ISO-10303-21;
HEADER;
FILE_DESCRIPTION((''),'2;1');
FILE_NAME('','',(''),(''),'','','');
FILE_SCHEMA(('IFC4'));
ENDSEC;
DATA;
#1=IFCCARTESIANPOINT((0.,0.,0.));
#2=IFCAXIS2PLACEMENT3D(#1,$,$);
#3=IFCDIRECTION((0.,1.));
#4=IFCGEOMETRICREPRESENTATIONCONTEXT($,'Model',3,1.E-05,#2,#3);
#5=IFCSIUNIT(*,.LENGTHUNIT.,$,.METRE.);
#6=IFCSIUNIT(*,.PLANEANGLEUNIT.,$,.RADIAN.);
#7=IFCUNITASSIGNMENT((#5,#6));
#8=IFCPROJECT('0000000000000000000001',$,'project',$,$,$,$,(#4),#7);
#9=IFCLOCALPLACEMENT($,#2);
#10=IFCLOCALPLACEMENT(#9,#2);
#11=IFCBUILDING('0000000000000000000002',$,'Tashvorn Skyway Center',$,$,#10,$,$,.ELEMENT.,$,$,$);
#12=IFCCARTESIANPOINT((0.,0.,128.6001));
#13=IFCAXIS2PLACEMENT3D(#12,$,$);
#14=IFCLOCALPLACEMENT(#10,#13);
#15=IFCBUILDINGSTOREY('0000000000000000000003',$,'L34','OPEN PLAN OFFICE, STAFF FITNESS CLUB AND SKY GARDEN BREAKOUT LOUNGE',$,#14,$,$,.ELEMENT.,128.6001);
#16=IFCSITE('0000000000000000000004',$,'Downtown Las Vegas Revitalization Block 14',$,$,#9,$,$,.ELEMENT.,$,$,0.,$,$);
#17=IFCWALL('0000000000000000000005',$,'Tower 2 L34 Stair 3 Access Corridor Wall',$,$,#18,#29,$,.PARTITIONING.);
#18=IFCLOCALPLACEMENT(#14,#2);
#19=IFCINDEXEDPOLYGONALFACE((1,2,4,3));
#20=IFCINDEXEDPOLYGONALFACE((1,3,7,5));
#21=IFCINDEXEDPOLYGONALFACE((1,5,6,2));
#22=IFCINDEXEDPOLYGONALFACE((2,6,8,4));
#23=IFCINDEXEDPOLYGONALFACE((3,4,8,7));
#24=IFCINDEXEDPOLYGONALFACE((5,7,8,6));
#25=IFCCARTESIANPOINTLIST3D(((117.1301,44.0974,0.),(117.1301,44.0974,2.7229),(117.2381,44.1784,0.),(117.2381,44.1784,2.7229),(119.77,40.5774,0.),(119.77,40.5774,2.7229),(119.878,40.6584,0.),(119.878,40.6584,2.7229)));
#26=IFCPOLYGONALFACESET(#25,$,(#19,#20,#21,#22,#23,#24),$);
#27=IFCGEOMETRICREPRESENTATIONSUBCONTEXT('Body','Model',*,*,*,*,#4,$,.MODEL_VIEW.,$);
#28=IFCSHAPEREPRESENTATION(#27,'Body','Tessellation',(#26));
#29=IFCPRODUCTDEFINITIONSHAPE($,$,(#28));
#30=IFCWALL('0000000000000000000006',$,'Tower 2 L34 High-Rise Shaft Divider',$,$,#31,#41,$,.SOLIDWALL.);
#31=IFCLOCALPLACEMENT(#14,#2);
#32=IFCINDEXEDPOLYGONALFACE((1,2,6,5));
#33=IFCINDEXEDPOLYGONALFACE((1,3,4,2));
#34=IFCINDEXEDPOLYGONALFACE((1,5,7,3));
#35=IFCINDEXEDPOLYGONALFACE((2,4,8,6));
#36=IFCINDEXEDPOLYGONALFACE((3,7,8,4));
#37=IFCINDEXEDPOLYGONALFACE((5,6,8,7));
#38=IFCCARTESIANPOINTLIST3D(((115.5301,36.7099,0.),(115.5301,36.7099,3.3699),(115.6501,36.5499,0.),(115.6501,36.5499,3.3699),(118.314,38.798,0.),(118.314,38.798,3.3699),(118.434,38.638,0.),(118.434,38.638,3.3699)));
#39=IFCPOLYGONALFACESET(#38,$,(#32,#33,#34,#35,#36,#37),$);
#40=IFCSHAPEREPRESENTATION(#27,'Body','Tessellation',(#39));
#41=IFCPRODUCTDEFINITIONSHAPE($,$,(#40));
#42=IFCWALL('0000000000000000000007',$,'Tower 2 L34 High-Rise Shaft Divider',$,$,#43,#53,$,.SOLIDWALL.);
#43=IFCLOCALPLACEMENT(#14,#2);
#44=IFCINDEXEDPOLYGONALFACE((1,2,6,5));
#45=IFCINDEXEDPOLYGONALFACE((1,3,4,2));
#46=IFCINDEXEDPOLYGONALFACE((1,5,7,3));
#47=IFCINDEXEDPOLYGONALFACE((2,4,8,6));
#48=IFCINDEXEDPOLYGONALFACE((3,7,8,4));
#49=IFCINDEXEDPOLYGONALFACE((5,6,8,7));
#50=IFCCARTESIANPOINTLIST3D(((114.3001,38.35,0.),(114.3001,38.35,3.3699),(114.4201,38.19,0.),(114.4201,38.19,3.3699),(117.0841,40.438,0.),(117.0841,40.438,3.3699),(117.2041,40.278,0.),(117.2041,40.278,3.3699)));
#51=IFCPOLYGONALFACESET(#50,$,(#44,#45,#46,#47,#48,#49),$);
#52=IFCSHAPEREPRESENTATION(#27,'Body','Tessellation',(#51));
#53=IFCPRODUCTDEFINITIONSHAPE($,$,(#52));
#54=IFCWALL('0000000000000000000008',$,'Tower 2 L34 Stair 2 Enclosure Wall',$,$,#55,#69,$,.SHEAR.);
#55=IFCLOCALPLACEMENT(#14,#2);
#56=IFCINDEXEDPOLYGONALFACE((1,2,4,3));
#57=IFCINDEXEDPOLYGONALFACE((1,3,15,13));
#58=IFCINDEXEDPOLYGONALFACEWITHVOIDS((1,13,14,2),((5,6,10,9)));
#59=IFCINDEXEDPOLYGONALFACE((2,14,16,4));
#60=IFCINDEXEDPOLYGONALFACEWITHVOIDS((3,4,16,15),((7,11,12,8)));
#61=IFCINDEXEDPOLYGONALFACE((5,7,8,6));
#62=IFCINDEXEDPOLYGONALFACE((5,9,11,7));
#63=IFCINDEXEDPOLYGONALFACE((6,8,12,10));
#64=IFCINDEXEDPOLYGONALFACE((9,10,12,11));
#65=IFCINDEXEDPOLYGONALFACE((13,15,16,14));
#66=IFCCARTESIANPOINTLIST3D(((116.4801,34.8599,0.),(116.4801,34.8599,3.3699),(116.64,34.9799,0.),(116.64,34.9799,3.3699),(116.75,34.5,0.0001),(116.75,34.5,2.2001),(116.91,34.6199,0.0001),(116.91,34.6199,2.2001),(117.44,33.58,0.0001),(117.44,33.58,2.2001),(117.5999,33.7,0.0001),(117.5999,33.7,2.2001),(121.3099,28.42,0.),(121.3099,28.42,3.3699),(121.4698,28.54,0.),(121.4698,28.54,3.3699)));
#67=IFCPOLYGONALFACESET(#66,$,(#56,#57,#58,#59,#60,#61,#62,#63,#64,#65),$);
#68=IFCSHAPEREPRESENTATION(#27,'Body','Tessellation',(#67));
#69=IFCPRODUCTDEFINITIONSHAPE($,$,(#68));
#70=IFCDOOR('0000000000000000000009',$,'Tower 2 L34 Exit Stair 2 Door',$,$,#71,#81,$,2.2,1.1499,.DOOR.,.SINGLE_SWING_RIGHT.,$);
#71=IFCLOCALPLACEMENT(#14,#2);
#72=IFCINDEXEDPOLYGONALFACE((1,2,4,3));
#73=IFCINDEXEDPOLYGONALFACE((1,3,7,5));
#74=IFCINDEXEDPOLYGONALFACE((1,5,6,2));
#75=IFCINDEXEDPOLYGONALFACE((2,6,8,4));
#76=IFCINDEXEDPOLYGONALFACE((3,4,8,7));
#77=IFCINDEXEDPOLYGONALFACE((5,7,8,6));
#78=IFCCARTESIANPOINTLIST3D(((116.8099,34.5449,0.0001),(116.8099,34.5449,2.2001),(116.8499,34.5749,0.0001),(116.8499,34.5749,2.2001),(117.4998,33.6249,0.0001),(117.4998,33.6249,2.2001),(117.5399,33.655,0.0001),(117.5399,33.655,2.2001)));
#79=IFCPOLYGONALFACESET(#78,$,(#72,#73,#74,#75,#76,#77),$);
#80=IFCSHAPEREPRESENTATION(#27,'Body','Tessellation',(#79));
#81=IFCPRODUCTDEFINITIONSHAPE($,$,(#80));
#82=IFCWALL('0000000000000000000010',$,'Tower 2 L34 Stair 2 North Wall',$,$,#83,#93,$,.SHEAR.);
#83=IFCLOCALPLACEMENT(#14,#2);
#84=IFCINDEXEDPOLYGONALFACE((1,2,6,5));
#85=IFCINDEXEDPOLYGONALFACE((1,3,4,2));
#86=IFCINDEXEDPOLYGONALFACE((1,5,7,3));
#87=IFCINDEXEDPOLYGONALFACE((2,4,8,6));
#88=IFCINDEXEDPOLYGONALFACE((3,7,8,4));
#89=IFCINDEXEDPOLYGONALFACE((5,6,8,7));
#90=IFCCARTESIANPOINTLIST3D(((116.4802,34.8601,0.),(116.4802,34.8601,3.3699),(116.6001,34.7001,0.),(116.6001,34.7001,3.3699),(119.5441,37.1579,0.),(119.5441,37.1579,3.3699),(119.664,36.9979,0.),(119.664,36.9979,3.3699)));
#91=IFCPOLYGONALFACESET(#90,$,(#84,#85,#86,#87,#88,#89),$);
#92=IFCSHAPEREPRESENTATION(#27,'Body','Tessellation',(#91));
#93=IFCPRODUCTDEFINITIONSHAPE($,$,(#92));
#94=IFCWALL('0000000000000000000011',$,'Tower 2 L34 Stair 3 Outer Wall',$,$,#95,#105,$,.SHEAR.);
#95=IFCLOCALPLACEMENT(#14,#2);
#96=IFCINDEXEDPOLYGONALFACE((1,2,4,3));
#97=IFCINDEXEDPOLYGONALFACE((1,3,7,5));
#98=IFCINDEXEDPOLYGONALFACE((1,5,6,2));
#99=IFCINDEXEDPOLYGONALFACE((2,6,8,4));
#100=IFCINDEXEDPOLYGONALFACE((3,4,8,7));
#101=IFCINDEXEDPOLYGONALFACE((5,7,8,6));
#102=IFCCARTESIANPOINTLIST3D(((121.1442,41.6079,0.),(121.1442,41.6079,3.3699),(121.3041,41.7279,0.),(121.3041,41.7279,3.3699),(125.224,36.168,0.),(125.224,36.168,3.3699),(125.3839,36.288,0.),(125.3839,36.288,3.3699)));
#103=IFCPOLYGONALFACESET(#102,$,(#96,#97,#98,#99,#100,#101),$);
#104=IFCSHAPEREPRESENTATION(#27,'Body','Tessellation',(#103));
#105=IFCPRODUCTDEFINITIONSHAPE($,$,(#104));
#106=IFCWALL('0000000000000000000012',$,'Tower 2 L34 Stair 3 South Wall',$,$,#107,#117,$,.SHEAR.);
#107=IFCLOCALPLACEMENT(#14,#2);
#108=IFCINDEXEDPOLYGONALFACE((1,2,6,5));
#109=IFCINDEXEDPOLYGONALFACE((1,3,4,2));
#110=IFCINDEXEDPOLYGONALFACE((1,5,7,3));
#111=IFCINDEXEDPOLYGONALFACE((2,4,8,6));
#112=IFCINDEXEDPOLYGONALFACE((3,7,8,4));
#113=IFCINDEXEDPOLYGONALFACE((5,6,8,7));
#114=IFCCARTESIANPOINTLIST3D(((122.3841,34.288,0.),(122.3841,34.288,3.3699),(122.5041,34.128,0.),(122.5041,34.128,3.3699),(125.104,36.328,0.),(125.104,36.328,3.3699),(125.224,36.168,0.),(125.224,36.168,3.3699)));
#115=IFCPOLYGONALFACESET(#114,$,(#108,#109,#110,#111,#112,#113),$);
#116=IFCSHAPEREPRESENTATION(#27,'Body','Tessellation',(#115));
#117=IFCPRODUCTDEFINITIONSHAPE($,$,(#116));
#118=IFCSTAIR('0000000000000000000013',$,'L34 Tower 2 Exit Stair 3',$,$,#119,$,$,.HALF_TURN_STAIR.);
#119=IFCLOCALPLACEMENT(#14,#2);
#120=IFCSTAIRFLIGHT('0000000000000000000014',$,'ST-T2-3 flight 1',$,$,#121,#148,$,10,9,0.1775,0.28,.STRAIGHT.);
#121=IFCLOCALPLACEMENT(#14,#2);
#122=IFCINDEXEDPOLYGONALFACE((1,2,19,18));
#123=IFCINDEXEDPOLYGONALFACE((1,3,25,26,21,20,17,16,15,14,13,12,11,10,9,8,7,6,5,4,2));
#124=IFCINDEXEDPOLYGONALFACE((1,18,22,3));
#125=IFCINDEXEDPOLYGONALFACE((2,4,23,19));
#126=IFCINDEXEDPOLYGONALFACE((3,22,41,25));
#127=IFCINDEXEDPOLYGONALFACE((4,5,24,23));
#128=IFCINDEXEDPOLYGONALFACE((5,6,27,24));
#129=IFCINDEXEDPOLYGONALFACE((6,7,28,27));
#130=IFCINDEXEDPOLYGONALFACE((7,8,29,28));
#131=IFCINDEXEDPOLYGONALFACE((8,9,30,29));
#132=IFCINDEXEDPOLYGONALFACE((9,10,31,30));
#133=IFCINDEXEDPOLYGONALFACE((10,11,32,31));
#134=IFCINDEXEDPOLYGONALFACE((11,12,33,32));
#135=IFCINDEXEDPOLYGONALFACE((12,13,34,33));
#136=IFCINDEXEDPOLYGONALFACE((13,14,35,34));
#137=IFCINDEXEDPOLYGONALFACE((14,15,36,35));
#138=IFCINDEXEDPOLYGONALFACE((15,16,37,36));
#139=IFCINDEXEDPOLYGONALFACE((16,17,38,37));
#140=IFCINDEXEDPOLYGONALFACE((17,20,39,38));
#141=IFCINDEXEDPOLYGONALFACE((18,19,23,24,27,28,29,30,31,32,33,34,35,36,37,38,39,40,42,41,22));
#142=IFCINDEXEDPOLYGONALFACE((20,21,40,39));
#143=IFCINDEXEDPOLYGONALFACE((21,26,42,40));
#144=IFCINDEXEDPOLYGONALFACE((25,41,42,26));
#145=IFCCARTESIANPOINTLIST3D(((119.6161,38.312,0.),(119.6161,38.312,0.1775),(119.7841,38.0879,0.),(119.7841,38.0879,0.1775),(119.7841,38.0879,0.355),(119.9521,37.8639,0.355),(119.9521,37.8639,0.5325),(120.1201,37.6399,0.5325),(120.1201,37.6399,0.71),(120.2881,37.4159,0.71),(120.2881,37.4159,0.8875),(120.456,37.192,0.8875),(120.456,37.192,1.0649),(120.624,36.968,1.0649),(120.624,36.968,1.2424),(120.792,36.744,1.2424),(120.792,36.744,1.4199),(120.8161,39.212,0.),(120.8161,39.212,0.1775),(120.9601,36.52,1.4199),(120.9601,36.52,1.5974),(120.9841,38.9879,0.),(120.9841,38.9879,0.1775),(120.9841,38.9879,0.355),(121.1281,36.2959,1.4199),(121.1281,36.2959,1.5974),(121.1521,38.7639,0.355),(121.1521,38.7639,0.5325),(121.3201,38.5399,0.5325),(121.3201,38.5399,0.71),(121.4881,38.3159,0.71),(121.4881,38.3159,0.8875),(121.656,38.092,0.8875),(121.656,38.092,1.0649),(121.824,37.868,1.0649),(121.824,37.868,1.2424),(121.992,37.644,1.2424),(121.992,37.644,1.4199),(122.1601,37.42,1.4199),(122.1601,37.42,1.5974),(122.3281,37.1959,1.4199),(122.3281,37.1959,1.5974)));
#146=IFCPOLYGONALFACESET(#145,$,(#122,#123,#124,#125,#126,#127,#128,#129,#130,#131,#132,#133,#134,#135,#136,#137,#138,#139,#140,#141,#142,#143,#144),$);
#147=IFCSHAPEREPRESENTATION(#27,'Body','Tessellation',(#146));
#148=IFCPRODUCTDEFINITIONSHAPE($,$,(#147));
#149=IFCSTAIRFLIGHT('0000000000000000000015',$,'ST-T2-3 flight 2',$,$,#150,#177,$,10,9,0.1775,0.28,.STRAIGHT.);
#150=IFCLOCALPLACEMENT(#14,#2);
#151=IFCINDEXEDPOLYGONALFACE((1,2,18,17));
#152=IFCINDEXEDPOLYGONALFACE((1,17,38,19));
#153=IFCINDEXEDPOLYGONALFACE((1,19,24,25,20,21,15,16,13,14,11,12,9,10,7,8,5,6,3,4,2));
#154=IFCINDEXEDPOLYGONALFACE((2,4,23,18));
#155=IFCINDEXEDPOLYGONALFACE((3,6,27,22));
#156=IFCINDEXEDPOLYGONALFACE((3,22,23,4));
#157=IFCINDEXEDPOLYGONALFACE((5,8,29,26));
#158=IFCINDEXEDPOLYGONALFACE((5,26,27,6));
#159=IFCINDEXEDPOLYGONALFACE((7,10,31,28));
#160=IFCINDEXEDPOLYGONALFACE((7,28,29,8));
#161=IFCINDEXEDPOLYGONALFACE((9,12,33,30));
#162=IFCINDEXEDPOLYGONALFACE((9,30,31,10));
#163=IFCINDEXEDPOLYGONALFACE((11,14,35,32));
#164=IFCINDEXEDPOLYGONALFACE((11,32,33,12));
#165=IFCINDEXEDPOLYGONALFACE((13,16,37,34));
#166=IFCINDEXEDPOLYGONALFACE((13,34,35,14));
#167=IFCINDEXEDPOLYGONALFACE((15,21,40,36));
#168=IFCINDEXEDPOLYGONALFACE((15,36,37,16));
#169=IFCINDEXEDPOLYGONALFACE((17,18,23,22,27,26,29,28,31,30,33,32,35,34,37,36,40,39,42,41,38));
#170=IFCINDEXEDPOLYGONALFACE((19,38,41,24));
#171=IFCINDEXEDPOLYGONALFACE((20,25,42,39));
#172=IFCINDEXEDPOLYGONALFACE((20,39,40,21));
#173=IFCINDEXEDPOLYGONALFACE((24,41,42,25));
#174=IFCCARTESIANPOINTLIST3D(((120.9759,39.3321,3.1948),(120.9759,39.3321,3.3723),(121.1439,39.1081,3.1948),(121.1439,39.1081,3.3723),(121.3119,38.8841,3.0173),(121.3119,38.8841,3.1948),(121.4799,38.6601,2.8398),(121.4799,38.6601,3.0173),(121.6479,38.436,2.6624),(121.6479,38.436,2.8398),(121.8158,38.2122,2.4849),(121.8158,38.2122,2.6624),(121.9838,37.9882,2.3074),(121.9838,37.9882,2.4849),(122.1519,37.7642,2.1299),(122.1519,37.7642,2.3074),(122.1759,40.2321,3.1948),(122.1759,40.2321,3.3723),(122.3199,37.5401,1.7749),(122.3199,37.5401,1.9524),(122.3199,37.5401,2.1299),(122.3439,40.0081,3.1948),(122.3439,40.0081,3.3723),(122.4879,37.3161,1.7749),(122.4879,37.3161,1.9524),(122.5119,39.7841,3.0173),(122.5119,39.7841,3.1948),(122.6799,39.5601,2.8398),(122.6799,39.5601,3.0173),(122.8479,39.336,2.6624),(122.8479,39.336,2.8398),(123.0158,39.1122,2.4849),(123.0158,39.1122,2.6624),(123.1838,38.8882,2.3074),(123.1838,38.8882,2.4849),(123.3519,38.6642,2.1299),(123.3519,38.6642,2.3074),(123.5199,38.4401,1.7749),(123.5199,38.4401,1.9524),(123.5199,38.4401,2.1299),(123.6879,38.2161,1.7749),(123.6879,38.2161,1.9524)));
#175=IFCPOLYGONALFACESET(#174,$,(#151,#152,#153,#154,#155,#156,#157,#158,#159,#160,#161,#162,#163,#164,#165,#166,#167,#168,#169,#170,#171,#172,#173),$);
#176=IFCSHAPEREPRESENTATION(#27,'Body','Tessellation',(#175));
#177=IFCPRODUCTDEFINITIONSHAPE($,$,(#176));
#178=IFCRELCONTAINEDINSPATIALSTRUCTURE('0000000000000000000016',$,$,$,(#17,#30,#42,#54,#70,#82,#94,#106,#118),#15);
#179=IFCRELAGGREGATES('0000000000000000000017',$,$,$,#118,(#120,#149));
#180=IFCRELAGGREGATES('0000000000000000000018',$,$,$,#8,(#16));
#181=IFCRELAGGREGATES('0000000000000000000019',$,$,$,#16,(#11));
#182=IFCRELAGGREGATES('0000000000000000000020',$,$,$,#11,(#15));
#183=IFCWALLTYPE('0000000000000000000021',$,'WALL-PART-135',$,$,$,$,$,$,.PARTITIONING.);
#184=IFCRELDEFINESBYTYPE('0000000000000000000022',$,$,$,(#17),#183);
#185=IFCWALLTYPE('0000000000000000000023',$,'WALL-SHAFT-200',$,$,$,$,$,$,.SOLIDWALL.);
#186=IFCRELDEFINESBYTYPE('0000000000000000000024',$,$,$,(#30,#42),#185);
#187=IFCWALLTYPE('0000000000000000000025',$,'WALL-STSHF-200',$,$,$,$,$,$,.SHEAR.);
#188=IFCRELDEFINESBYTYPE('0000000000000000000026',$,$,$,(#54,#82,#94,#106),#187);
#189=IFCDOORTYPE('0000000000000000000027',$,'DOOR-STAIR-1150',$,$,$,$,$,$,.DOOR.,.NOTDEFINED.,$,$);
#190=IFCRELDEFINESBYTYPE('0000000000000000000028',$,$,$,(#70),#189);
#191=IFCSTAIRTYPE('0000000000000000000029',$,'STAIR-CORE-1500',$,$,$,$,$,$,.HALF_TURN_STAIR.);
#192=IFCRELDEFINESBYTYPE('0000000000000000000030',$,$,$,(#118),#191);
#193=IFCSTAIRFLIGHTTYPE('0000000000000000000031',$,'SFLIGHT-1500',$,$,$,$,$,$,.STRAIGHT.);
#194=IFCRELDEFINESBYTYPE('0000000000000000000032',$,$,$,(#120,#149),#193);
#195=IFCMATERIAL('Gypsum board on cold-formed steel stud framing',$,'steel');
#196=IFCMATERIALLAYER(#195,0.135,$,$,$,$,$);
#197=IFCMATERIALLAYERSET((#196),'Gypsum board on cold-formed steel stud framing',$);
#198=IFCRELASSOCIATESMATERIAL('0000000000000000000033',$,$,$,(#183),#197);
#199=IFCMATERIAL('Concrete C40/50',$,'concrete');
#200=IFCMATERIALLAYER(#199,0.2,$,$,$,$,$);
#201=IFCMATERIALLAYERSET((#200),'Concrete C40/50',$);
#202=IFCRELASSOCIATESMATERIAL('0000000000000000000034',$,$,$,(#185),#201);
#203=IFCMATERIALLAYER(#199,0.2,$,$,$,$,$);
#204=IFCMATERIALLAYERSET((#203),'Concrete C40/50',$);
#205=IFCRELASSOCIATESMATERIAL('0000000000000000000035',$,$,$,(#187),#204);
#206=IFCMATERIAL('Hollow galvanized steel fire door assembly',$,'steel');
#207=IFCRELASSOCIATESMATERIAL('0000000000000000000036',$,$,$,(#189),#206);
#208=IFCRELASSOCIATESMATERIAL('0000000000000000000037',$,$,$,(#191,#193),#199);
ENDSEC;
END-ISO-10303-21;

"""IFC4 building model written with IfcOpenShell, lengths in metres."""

from ifc_helpers import new_model, si_unit, direction, frame, frame_2d, origin, place, context, subcontext, project, spatial, polyline, rectangle, outline, extrude, material, layer, layer_set, type_object, element, fill, aggregate, save


model = new_model("IFC4")

# Units and contexts
model_context = context("Model", 3, precision=1e-05, world=origin(), true_north=direction((0.0, 1.0)))
body_context = subcontext(model_context, "Body", "Model", "MODEL_VIEW")
ifc_project = project(units=[si_unit("LENGTHUNIT", "METRE"), si_unit("PLANEANGLEUNIT", "RADIAN")], contexts=[model_context])

# Site, building, storey
site_placement = place(None, origin())
site = spatial("IfcSite", under=ifc_project, at=site_placement, Name="Downtown Las Vegas Revitalization Block 14", CompositionType="ELEMENT", RefElevation=0.0)
building_placement = place(site_placement, origin())
building = spatial("IfcBuilding", under=site, at=building_placement, Name="Tashvorn Skyway Center", CompositionType="ELEMENT")
storey_placement = place(building_placement, frame((0.0, 0.0, 128.6001)))
storey = spatial("IfcBuildingStorey", under=building, at=storey_placement, Name="L34", Description="OPEN PLAN OFFICE, STAFF FITNESS CLUB AND SKY GARDEN BREAKOUT LOUNGE", CompositionType="ELEMENT", Elevation=128.6001)

# Walls
ifc_material_1 = material(Name="Gypsum board on cold-formed steel stud framing", Category="steel")
ifc_layer_1 = layer(ifc_material_1, 0.135)
ifc_layer_set_1 = layer_set([ifc_layer_1], Name="Gypsum board on cold-formed steel stud framing")
wall_type_1 = type_object("IfcWallType", Name="WALL-PART-135", PredefinedType="PARTITIONING", material=ifc_layer_set_1)
wall_1_placement = place(storey_placement, frame((119.824, 40.6179, 0.0), z_axis=(0.0, 0.0, 1.0), x_axis=(-0.599982, 0.800013, 0.0)))
element("IfcWall", 1, at=wall_1_placement, inside=storey, type_object=wall_type_1, Name="Tower 2 L34 Stair 3 Access Corridor Wall", PredefinedType="PARTITIONING", context=body_context, shape_type="SweptSolid", body=[
    extrude(rectangle(XDim=4.3999, YDim=0.135, at=frame_2d((2.2, 0.0))), origin(), (0.0, 0.0, 1.0), 2.7229),
])
ifc_material_2 = material(Name="Concrete C40/50", Category="concrete")
ifc_layer_2 = layer(ifc_material_2, 0.2)
ifc_layer_set_2 = layer_set([ifc_layer_2], Name="Concrete C40/50")
wall_type_2 = type_object("IfcWallType", Name="WALL-SHAFT-200", PredefinedType="SOLIDWALL", material=ifc_layer_set_2)
for number, where, z_axis, x_axis, name in (
    (2, (115.5901, 36.6299, 0.0), (0.0, 0.0, 1.0), (0.799975, 0.600034, 0.0), "Tower 2 L34 High-Rise Shaft Divider"),
    (3, (114.3601, 38.27, 0.0), (0.0, 0.0, 1.0), (0.800008, 0.599989, 0.0), "Tower 2 L34 High-Rise Shaft Divider"),
):
    element("IfcWall", number, at=place(storey_placement, frame(where, z_axis=z_axis, x_axis=x_axis)), inside=storey, type_object=wall_type_2, Name=name, PredefinedType="SOLIDWALL", context=body_context, shape_type="SweptSolid", body=[
        extrude(rectangle(XDim=3.48, YDim=0.2, at=frame_2d((1.74, 0.0))), origin(), (0.0, 0.0, 1.0), 3.3699),
    ])

# Wall, opening, door
ifc_layer_3 = layer(ifc_material_2, 0.2)
ifc_layer_set_3 = layer_set([ifc_layer_3], Name="Concrete C40/50")
wall_type_3 = type_object("IfcWallType", Name="WALL-STSHF-200", PredefinedType="SHEAR", material=ifc_layer_set_3)
wall_2_placement = place(storey_placement, frame((116.5601, 34.9199, 0.0), z_axis=(0.0, 0.0, 1.0), x_axis=(0.59999, -0.800007, 0.0)))
wall_2 = element("IfcWall", 4, at=wall_2_placement, inside=storey, type_object=wall_type_3, Name="Tower 2 L34 Stair 2 Enclosure Wall", PredefinedType="SHEAR", context=body_context, shape_type="SweptSolid", body=[
    extrude(rectangle(XDim=8.0498, YDim=0.2, at=frame_2d((4.0249, 0.0))), origin(), (0.0, 0.0, 1.0), 3.3699),
])
opening_placement = place(wall_2_placement, frame((0.45, 0.0, 0.0)))
opening = element("IfcOpeningElement", 5, at=opening_placement, cuts=wall_2, PredefinedType="OPENING", context=body_context, shape_type="SweptSolid", body=[
    extrude(rectangle(XDim=1.1499, YDim=2.2, at=frame_2d((0.575, 1.1001))), frame((0.0, 0.1099, 0.0), z_axis=(0.0, -1.0, 0.0), x_axis=(1.0, 0.0, 0.0)), (0.0, 0.0, 1.0), 0.22),
])
ifc_material_3 = material(Name="Hollow galvanized steel fire door assembly", Category="steel")
door_type = type_object("IfcDoorType", Name="DOOR-STAIR-1150", OperationType="NOTDEFINED", PredefinedType="DOOR", material=ifc_material_3)
door_placement = place(opening_placement, origin())
door = element("IfcDoor", 6, at=door_placement, inside=storey, type_object=door_type, Name="Tower 2 L34 Exit Stair 2 Door", OperationType="SINGLE_SWING_RIGHT", OverallHeight=2.2, OverallWidth=1.1499, PredefinedType="DOOR", context=body_context, shape_type="SweptSolid", body=[
    extrude(rectangle(XDim=1.1499, YDim=2.2, at=frame_2d((0.575, 1.1001))), frame((0.0, 0.0249, 0.0), z_axis=(0.0, -1.0, 0.0), x_axis=(1.0, 0.0, 0.0)), (0.0, 0.0, 1.0), 0.05),
])
fill(opening, door)

# Walls
wall_3_placement = place(storey_placement, frame((116.54, 34.78, 0.0), z_axis=(0.0, 0.0, 1.0), x_axis=(0.800015, 0.59998, 0.0)))
element("IfcWall", 7, at=wall_3_placement, inside=storey, type_object=wall_type_3, Name="Tower 2 L34 Stair 2 North Wall", PredefinedType="SHEAR", context=body_context, shape_type="SweptSolid", body=[
    extrude(rectangle(XDim=3.8298, YDim=0.2, at=frame_2d((1.915, 0.0))), origin(), (0.0, 0.0, 1.0), 3.3699),
])
wall_4_placement = place(storey_placement, frame((125.304, 36.228, 0.0), z_axis=(0.0, 0.0, 1.0), x_axis=(-0.599989, 0.800009, 0.0)))
element("IfcWall", 8, at=wall_4_placement, inside=storey, type_object=wall_type_3, Name="Tower 2 L34 Stair 3 Outer Wall", PredefinedType="SHEAR", context=body_context, shape_type="SweptSolid", body=[
    extrude(rectangle(XDim=6.7998, YDim=0.2, at=frame_2d((3.3999, 0.0))), origin(), (0.0, 0.0, 1.0), 3.3699),
])
wall_5_placement = place(storey_placement, frame((122.4441, 34.208, 0.0), z_axis=(0.0, 0.0, 1.0), x_axis=(0.799991, 0.600011, 0.0)))
element("IfcWall", 9, at=wall_5_placement, inside=storey, type_object=wall_type_3, Name="Tower 2 L34 Stair 3 South Wall", PredefinedType="SHEAR", context=body_context, shape_type="SweptSolid", body=[
    extrude(rectangle(XDim=3.3999, YDim=0.2, at=frame_2d((1.7, 0.0))), origin(), (0.0, 0.0, 1.0), 3.3699),
])

# Stair, stair flights
stair_type = type_object("IfcStairType", Name="STAIR-CORE-1500", PredefinedType="HALF_TURN_STAIR", material=ifc_material_2)
stair_placement = place(storey_placement, origin())
stair = element("IfcStair", 10, at=stair_placement, inside=storey, type_object=stair_type, Name="L34 Tower 2 Exit Stair 3", PredefinedType="HALF_TURN_STAIR")
stair_flight_type = type_object("IfcStairFlightType", Name="SFLIGHT-1500", PredefinedType="STRAIGHT", material=ifc_material_2)
stair_flight_1_placement = place(storey_placement, frame((120.2161, 38.762, 0.0), z_axis=(0.0, 0.0, 1.0), x_axis=(0.6, -0.8, 0.0)))
stair_flight_1 = element("IfcStairFlight", 11, at=stair_flight_1_placement, type_object=stair_flight_type, Name="ST-T2-3 flight 1", NumberOfRisers=10, NumberOfTreads=9, PredefinedType="STRAIGHT", RiserHeight=0.1775, TreadLength=0.28, context=body_context, shape_type="SweptSolid", body=[
    extrude(outline(polyline([(0.0, 0.0), (0.0, 0.1775), (0.28, 0.1775), (0.28, 0.355), (0.5601, 0.355), (0.5601, 0.5325), (0.8401, 0.5325), (0.8401, 0.71), (1.1201, 0.71), (1.1201, 0.8875), (1.3999, 0.8875), (1.3999, 1.0649), (1.6799, 1.0649), (1.6799, 1.2424), (1.96, 1.2424), (1.96, 1.4199), (2.24, 1.4199), (2.24, 1.5974), (2.52, 1.5974), (2.52, 1.7749), (2.52, 1.4199), (0.28, 0.0), (0.0, 0.0)])), frame((0.0, 0.75, 0.0), z_axis=(0.0, -1.0, 0.0), x_axis=(1.0, 0.0, 0.0)), (0.0, 0.0, 1.0), 1.5),
])
stair_flight_2_placement = place(storey_placement, frame((123.0879, 37.7661, 1.7749), z_axis=(0.0, 0.0, 1.0), x_axis=(-0.6, 0.8, 0.0)))
stair_flight_2 = element("IfcStairFlight", 12, at=stair_flight_2_placement, type_object=stair_flight_type, Name="ST-T2-3 flight 2", NumberOfRisers=10, NumberOfTreads=9, PredefinedType="STRAIGHT", RiserHeight=0.1775, TreadLength=0.28, context=body_context, shape_type="SweptSolid", body=[
    extrude(outline(polyline([(0.0, 0.0), (0.0, 0.1775), (0.28, 0.1775), (0.28, 0.355), (0.5601, 0.355), (0.5601, 0.5325), (0.8401, 0.5325), (0.8401, 0.71), (1.1201, 0.71), (1.1201, 0.8875), (1.3999, 0.8875), (1.3999, 1.0649), (1.6799, 1.0649), (1.6799, 1.2424), (1.96, 1.2424), (1.96, 1.4199), (2.24, 1.4199), (2.24, 1.5974), (2.52, 1.5974), (2.52, 1.7749), (2.52, 1.4199), (0.28, 0.0), (0.0, 0.0)])), frame((0.0, 0.75, 0.0), z_axis=(0.0, -1.0, 0.0), x_axis=(1.0, 0.0, 0.0)), (0.0, 0.0, 1.0), 1.5),
])
aggregate(stair, [stair_flight_1, stair_flight_2])

save(model, "model.ifc")
